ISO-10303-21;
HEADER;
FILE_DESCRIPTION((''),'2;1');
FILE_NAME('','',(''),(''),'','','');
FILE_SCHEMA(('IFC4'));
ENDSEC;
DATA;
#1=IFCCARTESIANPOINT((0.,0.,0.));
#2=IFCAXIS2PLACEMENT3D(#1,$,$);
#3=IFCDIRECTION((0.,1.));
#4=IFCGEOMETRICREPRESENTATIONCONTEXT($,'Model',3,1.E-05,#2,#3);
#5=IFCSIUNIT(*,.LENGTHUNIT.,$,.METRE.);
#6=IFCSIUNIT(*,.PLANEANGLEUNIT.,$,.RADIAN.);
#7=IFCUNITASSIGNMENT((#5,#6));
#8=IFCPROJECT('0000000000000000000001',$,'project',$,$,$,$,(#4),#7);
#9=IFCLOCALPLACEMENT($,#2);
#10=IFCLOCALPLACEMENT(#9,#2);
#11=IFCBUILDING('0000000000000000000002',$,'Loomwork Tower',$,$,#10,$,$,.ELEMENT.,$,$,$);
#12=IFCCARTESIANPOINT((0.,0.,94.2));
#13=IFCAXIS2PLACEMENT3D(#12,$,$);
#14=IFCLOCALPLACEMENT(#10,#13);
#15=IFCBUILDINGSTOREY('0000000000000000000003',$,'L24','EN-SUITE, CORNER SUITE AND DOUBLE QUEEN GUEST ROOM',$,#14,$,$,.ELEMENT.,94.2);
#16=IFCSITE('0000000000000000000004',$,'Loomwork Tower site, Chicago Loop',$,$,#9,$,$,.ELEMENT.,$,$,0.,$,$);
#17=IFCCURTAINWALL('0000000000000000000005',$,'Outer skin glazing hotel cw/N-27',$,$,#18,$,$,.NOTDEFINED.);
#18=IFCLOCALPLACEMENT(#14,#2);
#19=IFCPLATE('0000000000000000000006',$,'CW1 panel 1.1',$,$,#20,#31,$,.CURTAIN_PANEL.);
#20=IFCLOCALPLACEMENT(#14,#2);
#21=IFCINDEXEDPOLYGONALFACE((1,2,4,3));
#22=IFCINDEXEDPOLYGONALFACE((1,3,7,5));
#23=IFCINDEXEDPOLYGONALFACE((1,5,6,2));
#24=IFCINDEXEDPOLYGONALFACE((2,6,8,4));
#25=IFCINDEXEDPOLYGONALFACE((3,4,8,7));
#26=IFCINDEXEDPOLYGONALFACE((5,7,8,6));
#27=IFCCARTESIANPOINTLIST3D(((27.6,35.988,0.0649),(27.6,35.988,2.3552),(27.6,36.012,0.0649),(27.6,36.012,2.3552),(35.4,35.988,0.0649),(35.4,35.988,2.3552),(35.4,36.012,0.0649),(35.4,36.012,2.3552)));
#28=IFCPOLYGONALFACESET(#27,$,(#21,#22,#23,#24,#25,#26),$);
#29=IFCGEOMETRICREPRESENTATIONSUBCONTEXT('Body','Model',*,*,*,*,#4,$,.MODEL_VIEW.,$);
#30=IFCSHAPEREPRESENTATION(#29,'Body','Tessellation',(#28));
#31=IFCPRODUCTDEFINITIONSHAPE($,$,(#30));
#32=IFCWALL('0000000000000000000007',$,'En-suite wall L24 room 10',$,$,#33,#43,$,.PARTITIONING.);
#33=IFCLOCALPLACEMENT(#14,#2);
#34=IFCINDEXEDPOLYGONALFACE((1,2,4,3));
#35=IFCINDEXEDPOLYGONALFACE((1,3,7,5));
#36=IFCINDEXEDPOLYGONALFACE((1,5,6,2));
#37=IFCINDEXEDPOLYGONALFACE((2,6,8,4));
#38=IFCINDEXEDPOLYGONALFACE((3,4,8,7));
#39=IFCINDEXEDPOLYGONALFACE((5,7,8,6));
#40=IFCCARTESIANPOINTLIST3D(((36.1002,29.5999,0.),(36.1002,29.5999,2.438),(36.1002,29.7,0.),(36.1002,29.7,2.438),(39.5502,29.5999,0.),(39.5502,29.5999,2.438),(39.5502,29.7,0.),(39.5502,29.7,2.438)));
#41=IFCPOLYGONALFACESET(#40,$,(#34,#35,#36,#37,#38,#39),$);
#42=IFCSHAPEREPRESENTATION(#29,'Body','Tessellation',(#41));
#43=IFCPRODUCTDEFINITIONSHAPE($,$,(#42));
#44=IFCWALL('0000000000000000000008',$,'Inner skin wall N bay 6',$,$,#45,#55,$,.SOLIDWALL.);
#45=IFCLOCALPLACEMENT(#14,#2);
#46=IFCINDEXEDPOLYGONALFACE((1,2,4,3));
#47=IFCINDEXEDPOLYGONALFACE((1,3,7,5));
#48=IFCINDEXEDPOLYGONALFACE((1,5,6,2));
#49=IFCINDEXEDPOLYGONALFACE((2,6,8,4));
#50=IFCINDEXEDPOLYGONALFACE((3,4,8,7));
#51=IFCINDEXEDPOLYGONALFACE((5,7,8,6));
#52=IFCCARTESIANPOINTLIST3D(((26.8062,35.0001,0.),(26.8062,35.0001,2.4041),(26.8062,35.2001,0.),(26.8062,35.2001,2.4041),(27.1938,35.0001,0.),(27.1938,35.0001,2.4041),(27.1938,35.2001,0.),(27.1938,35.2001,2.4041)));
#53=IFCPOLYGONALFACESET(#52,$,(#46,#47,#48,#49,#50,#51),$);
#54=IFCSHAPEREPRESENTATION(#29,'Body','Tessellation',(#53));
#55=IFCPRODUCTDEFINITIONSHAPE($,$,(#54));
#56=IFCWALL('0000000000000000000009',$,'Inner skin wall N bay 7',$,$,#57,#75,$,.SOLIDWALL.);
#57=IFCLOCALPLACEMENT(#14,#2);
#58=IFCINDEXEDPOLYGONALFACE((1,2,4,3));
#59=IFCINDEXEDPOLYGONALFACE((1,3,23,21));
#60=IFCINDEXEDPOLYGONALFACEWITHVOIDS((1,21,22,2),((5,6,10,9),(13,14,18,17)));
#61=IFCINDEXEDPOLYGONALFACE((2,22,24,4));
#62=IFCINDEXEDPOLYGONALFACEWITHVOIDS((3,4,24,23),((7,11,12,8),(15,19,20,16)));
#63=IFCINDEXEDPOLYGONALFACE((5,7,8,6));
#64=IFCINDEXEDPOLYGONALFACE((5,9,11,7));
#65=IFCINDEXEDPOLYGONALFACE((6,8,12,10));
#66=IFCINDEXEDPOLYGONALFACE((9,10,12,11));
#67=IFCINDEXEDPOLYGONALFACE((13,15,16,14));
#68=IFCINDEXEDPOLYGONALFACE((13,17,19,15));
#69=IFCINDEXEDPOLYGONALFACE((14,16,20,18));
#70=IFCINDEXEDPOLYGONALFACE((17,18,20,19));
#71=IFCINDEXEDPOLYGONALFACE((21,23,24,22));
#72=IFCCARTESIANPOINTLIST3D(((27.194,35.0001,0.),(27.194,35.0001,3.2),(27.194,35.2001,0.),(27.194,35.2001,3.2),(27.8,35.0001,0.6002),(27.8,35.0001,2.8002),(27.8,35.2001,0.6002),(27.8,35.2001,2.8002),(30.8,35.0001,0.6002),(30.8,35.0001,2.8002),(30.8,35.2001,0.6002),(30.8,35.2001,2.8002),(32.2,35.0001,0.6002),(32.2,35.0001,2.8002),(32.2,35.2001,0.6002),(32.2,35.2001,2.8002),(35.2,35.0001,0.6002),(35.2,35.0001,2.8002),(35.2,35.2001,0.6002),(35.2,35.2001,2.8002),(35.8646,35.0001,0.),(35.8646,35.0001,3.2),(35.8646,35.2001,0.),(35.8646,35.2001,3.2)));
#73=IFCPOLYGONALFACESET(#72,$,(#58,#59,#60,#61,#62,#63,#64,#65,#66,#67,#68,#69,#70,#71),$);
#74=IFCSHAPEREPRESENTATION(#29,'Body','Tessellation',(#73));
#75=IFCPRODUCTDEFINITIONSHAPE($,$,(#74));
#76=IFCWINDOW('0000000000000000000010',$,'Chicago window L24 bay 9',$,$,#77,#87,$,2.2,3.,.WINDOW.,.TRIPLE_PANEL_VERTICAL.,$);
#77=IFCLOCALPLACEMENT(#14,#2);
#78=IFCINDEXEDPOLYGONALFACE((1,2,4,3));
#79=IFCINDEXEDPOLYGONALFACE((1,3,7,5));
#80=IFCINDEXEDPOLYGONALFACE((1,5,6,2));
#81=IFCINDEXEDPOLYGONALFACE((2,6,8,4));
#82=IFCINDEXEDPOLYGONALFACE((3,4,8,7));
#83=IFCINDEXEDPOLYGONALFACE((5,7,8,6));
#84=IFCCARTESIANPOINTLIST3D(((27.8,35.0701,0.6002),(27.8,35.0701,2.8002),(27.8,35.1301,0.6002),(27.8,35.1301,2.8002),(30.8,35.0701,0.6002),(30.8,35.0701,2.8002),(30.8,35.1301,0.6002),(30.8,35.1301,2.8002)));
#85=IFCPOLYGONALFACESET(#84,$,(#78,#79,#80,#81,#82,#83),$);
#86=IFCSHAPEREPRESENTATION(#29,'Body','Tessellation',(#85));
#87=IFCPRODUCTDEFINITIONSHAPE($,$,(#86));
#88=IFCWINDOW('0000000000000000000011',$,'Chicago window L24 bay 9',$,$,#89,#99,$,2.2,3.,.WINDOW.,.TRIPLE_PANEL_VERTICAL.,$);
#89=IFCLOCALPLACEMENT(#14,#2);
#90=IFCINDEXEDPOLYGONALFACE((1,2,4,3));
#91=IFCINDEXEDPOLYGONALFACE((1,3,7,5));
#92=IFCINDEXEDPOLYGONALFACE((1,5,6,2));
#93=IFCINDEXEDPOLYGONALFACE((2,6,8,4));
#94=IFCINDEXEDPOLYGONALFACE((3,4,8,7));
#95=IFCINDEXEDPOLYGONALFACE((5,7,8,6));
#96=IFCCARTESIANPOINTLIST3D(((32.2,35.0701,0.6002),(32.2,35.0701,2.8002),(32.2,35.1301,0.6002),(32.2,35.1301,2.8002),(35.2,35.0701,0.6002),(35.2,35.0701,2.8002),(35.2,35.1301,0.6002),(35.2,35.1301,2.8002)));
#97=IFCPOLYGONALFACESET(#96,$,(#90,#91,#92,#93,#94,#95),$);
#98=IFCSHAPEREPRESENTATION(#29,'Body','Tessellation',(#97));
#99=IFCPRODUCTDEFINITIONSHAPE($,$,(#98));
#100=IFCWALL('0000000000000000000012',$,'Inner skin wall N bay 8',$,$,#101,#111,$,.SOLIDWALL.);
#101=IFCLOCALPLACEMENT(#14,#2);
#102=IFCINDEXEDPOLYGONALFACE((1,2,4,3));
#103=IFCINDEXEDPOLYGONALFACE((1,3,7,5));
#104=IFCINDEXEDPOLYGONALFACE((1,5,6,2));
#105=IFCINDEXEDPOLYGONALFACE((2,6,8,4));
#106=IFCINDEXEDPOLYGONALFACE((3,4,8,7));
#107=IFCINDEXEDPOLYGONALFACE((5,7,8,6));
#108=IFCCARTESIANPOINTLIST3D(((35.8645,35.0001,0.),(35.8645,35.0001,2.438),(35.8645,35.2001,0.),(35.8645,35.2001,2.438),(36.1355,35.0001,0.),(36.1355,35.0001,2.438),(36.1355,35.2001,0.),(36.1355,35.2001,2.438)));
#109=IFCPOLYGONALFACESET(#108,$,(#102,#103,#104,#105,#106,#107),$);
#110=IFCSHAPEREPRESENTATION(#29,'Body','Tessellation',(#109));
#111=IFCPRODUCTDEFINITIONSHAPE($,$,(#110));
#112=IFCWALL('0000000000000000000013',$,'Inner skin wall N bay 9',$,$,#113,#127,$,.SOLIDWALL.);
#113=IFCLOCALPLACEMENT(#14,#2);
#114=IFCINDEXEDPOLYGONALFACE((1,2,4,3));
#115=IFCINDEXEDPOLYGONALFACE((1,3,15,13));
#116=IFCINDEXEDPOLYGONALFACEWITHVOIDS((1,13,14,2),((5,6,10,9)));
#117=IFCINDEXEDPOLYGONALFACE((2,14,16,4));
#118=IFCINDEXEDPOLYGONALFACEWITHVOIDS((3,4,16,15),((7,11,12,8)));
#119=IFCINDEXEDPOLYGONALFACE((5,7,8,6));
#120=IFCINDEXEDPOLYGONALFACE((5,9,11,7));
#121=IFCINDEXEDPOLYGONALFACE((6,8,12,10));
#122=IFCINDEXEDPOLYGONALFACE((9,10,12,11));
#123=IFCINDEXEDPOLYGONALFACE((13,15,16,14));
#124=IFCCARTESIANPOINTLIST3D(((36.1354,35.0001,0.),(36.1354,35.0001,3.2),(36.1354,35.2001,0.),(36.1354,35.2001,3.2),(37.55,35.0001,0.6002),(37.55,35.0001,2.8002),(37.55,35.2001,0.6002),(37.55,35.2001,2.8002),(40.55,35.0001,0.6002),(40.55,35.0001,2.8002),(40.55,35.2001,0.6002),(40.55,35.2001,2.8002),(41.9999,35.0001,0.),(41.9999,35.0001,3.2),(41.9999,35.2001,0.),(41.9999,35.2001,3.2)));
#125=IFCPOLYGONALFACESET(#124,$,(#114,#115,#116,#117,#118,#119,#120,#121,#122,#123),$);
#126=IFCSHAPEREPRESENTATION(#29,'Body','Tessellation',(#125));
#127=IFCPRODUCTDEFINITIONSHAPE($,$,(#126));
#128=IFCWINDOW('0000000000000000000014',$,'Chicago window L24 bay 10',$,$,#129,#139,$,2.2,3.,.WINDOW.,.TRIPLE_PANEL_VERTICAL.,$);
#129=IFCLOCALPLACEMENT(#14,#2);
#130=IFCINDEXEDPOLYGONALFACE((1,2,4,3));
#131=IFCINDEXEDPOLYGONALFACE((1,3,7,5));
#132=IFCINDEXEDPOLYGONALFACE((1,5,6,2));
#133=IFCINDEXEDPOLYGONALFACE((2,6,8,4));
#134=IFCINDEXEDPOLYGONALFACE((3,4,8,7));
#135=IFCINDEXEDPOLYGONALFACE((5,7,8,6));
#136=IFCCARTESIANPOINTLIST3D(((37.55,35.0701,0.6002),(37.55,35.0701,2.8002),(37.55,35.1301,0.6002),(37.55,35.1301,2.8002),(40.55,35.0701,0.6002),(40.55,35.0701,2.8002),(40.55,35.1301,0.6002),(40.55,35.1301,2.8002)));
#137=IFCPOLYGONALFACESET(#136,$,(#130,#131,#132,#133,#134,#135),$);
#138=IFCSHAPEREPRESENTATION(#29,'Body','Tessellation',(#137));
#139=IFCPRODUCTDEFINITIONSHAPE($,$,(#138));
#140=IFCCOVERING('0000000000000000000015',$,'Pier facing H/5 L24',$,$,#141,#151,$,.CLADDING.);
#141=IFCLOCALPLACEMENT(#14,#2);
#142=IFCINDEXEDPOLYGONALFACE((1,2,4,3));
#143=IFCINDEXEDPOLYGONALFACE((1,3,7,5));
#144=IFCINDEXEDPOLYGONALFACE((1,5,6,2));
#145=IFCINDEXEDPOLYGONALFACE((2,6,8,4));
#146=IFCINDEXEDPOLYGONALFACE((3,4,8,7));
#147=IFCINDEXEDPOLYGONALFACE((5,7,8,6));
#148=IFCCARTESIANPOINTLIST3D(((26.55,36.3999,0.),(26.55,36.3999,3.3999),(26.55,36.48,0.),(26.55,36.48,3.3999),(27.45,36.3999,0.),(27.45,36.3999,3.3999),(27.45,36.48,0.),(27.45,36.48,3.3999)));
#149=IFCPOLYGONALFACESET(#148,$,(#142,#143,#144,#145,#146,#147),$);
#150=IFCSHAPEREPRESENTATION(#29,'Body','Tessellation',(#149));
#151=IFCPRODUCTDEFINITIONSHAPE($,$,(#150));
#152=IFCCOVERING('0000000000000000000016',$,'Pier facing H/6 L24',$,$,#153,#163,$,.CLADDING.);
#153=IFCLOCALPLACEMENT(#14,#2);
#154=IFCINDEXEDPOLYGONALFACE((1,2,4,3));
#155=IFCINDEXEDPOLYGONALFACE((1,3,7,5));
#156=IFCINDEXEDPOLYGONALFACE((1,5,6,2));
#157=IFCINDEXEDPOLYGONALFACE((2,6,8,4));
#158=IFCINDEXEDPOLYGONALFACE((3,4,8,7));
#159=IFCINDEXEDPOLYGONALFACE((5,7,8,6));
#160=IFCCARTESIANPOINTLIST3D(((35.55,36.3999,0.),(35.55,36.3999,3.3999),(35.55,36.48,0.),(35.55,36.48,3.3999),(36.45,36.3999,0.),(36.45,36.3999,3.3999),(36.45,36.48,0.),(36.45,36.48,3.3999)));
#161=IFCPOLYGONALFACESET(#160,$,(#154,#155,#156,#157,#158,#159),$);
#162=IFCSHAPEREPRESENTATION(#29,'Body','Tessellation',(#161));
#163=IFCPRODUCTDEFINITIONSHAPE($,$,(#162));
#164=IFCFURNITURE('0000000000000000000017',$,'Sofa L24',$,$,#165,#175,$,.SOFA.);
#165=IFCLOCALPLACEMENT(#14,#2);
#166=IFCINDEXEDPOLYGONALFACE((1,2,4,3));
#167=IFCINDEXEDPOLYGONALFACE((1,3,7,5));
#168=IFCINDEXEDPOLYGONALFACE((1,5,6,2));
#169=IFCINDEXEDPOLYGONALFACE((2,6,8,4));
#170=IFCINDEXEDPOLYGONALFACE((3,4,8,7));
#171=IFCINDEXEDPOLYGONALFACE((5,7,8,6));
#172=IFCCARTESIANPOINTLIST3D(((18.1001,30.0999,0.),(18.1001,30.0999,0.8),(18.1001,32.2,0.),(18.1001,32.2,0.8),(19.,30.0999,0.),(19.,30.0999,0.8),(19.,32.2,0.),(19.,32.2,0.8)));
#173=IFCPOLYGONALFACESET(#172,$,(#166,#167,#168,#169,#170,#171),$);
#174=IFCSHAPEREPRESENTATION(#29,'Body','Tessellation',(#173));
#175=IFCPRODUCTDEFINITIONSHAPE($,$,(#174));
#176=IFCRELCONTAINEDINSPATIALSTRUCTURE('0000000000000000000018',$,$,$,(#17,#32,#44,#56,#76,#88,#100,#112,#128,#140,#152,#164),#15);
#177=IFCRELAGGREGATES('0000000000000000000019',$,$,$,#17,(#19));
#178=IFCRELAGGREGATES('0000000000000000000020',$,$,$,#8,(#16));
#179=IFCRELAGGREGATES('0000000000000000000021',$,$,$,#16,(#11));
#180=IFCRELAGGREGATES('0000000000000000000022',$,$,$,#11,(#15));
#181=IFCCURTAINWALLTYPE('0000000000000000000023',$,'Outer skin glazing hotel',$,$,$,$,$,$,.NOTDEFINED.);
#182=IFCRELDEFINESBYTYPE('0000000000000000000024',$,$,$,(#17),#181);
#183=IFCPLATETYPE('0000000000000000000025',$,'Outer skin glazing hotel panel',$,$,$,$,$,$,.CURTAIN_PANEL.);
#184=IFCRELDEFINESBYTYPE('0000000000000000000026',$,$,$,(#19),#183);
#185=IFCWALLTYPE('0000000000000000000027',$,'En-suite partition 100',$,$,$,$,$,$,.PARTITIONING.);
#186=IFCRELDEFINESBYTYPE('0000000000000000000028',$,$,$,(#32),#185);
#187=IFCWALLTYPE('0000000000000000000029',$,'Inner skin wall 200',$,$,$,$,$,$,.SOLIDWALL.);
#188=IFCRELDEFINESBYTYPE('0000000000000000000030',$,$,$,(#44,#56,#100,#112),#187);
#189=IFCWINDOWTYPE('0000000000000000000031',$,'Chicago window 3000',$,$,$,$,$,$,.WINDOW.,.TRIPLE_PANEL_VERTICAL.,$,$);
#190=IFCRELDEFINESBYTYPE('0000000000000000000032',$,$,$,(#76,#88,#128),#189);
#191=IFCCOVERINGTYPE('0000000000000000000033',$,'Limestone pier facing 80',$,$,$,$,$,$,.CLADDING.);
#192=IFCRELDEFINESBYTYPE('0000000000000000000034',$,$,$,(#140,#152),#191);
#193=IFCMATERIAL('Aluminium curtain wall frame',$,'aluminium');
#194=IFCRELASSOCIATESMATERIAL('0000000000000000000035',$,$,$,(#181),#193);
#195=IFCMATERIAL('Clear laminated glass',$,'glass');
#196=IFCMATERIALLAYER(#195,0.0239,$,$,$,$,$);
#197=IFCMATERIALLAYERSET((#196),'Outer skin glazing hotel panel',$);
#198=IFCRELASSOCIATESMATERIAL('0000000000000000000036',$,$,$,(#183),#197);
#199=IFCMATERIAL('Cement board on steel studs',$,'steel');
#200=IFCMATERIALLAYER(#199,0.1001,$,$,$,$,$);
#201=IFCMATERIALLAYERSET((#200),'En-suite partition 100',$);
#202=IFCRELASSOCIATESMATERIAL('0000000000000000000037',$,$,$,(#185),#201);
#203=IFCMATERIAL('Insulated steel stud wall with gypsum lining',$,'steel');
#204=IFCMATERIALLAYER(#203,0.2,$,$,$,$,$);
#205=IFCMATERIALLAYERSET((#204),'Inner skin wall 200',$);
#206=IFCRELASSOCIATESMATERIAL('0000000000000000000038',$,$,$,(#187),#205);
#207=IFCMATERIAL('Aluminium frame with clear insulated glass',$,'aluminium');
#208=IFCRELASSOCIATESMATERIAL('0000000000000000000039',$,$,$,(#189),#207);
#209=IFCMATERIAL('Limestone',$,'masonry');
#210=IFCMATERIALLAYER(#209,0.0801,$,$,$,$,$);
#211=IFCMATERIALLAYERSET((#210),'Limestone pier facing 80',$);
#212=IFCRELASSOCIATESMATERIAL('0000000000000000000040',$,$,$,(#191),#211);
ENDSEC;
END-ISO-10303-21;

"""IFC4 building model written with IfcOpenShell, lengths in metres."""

from ifc_helpers import new_model, si_unit, direction, frame, frame_2d, origin, origin_2d, place, context, subcontext, project, spatial, rectangle, extrude, material, layer, layer_set, type_object, element, fill, aggregate, save


model = new_model("IFC4")

# Units and contexts
model_context = context("Model", 3, precision=1e-05, world=origin(), true_north=direction((0.0, 1.0)))
body_context = subcontext(model_context, "Body", "Model", "MODEL_VIEW")
ifc_project = project(units=[si_unit("LENGTHUNIT", "METRE"), si_unit("PLANEANGLEUNIT", "RADIAN")], contexts=[model_context])

# Site, building, storey
site_placement = place(None, origin())
site = spatial("IfcSite", under=ifc_project, at=site_placement, Name="Loomwork Tower site, Chicago Loop", CompositionType="ELEMENT", RefElevation=0.0)
building_placement = place(site_placement, origin())
building = spatial("IfcBuilding", under=site, at=building_placement, Name="Loomwork Tower", CompositionType="ELEMENT")
storey_placement = place(building_placement, frame((0.0, 0.0, 94.2)))
storey = spatial("IfcBuildingStorey", under=building, at=storey_placement, Name="L24", Description="EN-SUITE, CORNER SUITE AND DOUBLE QUEEN GUEST ROOM", CompositionType="ELEMENT", Elevation=94.2)

# Shared definitions
ifc_material_1 = material(Name="Aluminium curtain wall frame", Category="aluminium")
curtain_wall_type = type_object("IfcCurtainWallType", Name="Outer skin glazing hotel", PredefinedType="NOTDEFINED", material=ifc_material_1)

# Curtain wall
curtain_wall_1_placement = place(storey_placement, origin())
curtain_wall_1 = element("IfcCurtainWall", 1, at=curtain_wall_1_placement, inside=storey, type_object=curtain_wall_type, Name="Outer skin glazing hotel cw/N-27", PredefinedType="NOTDEFINED")

# Plate
ifc_material_2 = material(Name="Clear laminated glass", Category="glass")
ifc_layer_1 = layer(ifc_material_2, 0.0239)
ifc_layer_set_1 = layer_set([ifc_layer_1], Name="Outer skin glazing hotel panel")
plate_type = type_object("IfcPlateType", Name="Outer skin glazing hotel panel", PredefinedType="CURTAIN_PANEL", material=ifc_layer_set_1)
plate_1_placement = place(storey_placement, frame((31.5, 36.0, 0.0649), z_axis=(0.0, 0.0, 1.0), x_axis=(-1.0, 0.0, 0.0)))
plate_1 = element("IfcPlate", 2, at=plate_1_placement, type_object=plate_type, Name="CW1 panel 1.1", PredefinedType="CURTAIN_PANEL", context=body_context, shape_type="SweptSolid", body=[
    extrude(rectangle(XDim=7.8, YDim=0.0239, at=origin_2d()), origin(), (0.0, 0.0, 1.0), 2.2903),
])
aggregate(curtain_wall_1, [plate_1])

# Walls
ifc_material_3 = material(Name="Cement board on steel studs", Category="steel")
ifc_layer_2 = layer(ifc_material_3, 0.1001)
ifc_layer_set_2 = layer_set([ifc_layer_2], Name="En-suite partition 100")
wall_type_1 = type_object("IfcWallType", Name="En-suite partition 100", PredefinedType="PARTITIONING", material=ifc_layer_set_2)
wall_1_placement = place(storey_placement, frame((36.1001, 29.6499, 0.0), z_axis=(0.0, 0.0, 1.0), x_axis=(1.0, 0.0, 0.0)))
element("IfcWall", 3, at=wall_1_placement, inside=storey, type_object=wall_type_1, Name="En-suite wall L24 room 10", PredefinedType="PARTITIONING", context=body_context, shape_type="SweptSolid", body=[
    extrude(rectangle(XDim=3.45, YDim=0.1001, at=frame_2d((1.7251, 0.0))), origin(), (0.0, 0.0, 1.0), 2.438),
])
ifc_material_4 = material(Name="Insulated steel stud wall with gypsum lining", Category="steel")
ifc_layer_3 = layer(ifc_material_4, 0.2)
ifc_layer_set_3 = layer_set([ifc_layer_3], Name="Inner skin wall 200")
wall_type_2 = type_object("IfcWallType", Name="Inner skin wall 200", PredefinedType="SOLIDWALL", material=ifc_layer_set_3)
wall_2_placement = place(storey_placement, frame((26.8062, 35.1001, 0.0), z_axis=(0.0, 0.0, 1.0), x_axis=(1.0, 0.0, 0.0)))
element("IfcWall", 4, at=wall_2_placement, inside=storey, type_object=wall_type_2, Name="Inner skin wall N bay 6", PredefinedType="SOLIDWALL", context=body_context, shape_type="SweptSolid", body=[
    extrude(rectangle(XDim=0.3877, YDim=0.2, at=frame_2d((0.1938, 0.0))), origin(), (0.0, 0.0, 1.0), 2.4041),
])

# Wall, openings, windows
wall_3_placement = place(storey_placement, frame((27.1938, 35.1001, 0.0), z_axis=(0.0, 0.0, 1.0), x_axis=(1.0, 0.0, 0.0)))
wall_3 = element("IfcWall", 5, at=wall_3_placement, inside=storey, type_object=wall_type_2, Name="Inner skin wall N bay 7", PredefinedType="SOLIDWALL", context=body_context, shape_type="SweptSolid", body=[
    extrude(rectangle(XDim=8.6707, YDim=0.2, at=frame_2d((4.3354, 0.0))), origin(), (0.0, 0.0, 1.0), 3.2),
])
opening_1_placement = place(wall_3_placement, frame((0.6062, 0.0, 0.6001)))
opening_1 = element("IfcOpeningElement", 6, at=opening_1_placement, cuts=wall_3, PredefinedType="OPENING", context=body_context, shape_type="SweptSolid", body=[
    extrude(rectangle(XDim=3.0, YDim=2.2, at=frame_2d((1.5, 1.1001))), frame((0.0, 0.1099, 0.0), z_axis=(0.0, -1.0, 0.0), x_axis=(1.0, 0.0, 0.0)), (0.0, 0.0, 1.0), 0.22),
])
opening_2_placement = place(wall_3_placement, frame((5.0061, 0.0, 0.6001)))
opening_2 = element("IfcOpeningElement", 7, at=opening_2_placement, cuts=wall_3, PredefinedType="OPENING", context=body_context, shape_type="SweptSolid", body=[
    extrude(rectangle(XDim=3.0, YDim=2.2, at=frame_2d((1.5, 1.1001))), frame((0.0, 0.1099, 0.0), z_axis=(0.0, -1.0, 0.0), x_axis=(1.0, 0.0, 0.0)), (0.0, 0.0, 1.0), 0.22),
])
ifc_material_5 = material(Name="Aluminium frame with clear insulated glass", Category="aluminium")
window_type = type_object("IfcWindowType", Name="Chicago window 3000", PartitioningType="TRIPLE_PANEL_VERTICAL", PredefinedType="WINDOW", material=ifc_material_5)
window_1_placement = place(opening_1_placement, origin())
window_1 = element("IfcWindow", 8, at=window_1_placement, inside=storey, type_object=window_type, Name="Chicago window L24 bay 9", OverallHeight=2.2, OverallWidth=3.0, PartitioningType="TRIPLE_PANEL_VERTICAL", PredefinedType="WINDOW", context=body_context, shape_type="SweptSolid", body=[
    extrude(rectangle(XDim=3.0, YDim=2.2, at=frame_2d((1.5, 1.1001))), frame((0.0, 0.03, 0.0), z_axis=(0.0, -1.0, 0.0), x_axis=(1.0, 0.0, 0.0)), (0.0, 0.0, 1.0), 0.0601),
])
fill(opening_1, window_1)
window_2_placement = place(opening_2_placement, origin())
window_2 = element("IfcWindow", 9, at=window_2_placement, inside=storey, type_object=window_type, Name="Chicago window L24 bay 9", OverallHeight=2.2, OverallWidth=3.0, PartitioningType="TRIPLE_PANEL_VERTICAL", PredefinedType="WINDOW", context=body_context, shape_type="SweptSolid", body=[
    extrude(rectangle(XDim=3.0, YDim=2.2, at=frame_2d((1.5, 1.1001))), frame((0.0, 0.03, 0.0), z_axis=(0.0, -1.0, 0.0), x_axis=(1.0, 0.0, 0.0)), (0.0, 0.0, 1.0), 0.0601),
])
fill(opening_2, window_2)

# Wall
wall_4_placement = place(storey_placement, frame((35.8645, 35.1001, 0.0), z_axis=(0.0, 0.0, 1.0), x_axis=(1.0, 0.0, 0.0)))
element("IfcWall", 10, at=wall_4_placement, inside=storey, type_object=wall_type_2, Name="Inner skin wall N bay 8", PredefinedType="SOLIDWALL", context=body_context, shape_type="SweptSolid", body=[
    extrude(rectangle(XDim=0.271, YDim=0.2, at=frame_2d((0.1355, 0.0))), origin(), (0.0, 0.0, 1.0), 2.438),
])

# Wall, opening, window
wall_5_placement = place(storey_placement, frame((36.1355, 35.1001, 0.0), z_axis=(0.0, 0.0, 1.0), x_axis=(1.0, 0.0, 0.0)))
wall_5 = element("IfcWall", 11, at=wall_5_placement, inside=storey, type_object=wall_type_2, Name="Inner skin wall N bay 9", PredefinedType="SOLIDWALL", context=body_context, shape_type="SweptSolid", body=[
    extrude(rectangle(XDim=5.8645, YDim=0.2, at=frame_2d((2.9321, 0.0))), origin(), (0.0, 0.0, 1.0), 3.2),
])
opening_3_placement = place(wall_5_placement, frame((1.4146, 0.0, 0.6001)))
opening_3 = element("IfcOpeningElement", 12, at=opening_3_placement, cuts=wall_5, PredefinedType="OPENING", context=body_context, shape_type="SweptSolid", body=[
    extrude(rectangle(XDim=3.0, YDim=2.2, at=frame_2d((1.5, 1.1001))), frame((0.0, 0.1099, 0.0), z_axis=(0.0, -1.0, 0.0), x_axis=(1.0, 0.0, 0.0)), (0.0, 0.0, 1.0), 0.22),
])
window_3_placement = place(opening_3_placement, origin())
window_3 = element("IfcWindow", 13, at=window_3_placement, inside=storey, type_object=window_type, Name="Chicago window L24 bay 10", OverallHeight=2.2, OverallWidth=3.0, PartitioningType="TRIPLE_PANEL_VERTICAL", PredefinedType="WINDOW", context=body_context, shape_type="SweptSolid", body=[
    extrude(rectangle(XDim=3.0, YDim=2.2, at=frame_2d((1.5, 1.1001))), frame((0.0, 0.03, 0.0), z_axis=(0.0, -1.0, 0.0), x_axis=(1.0, 0.0, 0.0)), (0.0, 0.0, 1.0), 0.0601),
])
fill(opening_3, window_3)

# Coverings
ifc_material_6 = material(Name="Limestone", Category="masonry")
ifc_layer_4 = layer(ifc_material_6, 0.0801)
ifc_layer_set_4 = layer_set([ifc_layer_4], Name="Limestone pier facing 80")
covering_type = type_object("IfcCoveringType", Name="Limestone pier facing 80", PredefinedType="CLADDING", material=ifc_layer_set_4)
for number, where, z_axis, x_axis, name in (
    (14, (27.0, 36.4399, 0.0), (0.0, 0.0, 1.0), (1.0, 0.0, 0.0), "Pier facing H/5 L24"),
    (15, (36.0, 36.4399, 0.0), (0.0, 0.0, 1.0), (1.0, 0.0, 0.0), "Pier facing H/6 L24"),
):
    element("IfcCovering", number, at=place(storey_placement, frame(where, z_axis=z_axis, x_axis=x_axis)), inside=storey, type_object=covering_type, Name=name, PredefinedType="CLADDING", context=body_context, shape_type="SweptSolid", body=[
        extrude(rectangle(XDim=0.8999, YDim=0.0801, at=origin_2d()), origin(), (0.0, 0.0, 1.0), 3.3999),
    ])

# Furniture
furniture_1_placement = place(storey_placement, frame((18.55, 31.1499, 0.0), z_axis=(0.0, 0.0, 1.0), x_axis=(1.0, 0.0, 0.0)))
element("IfcFurniture", 16, at=furniture_1_placement, inside=storey, Name="Sofa L24", PredefinedType="SOFA", context=body_context, shape_type="SweptSolid", body=[
    extrude(rectangle(XDim=0.8999, YDim=2.1001, at=origin_2d()), origin(), (0.0, 0.0, 1.0), 0.8),
])

save(model, "model.ifc")
